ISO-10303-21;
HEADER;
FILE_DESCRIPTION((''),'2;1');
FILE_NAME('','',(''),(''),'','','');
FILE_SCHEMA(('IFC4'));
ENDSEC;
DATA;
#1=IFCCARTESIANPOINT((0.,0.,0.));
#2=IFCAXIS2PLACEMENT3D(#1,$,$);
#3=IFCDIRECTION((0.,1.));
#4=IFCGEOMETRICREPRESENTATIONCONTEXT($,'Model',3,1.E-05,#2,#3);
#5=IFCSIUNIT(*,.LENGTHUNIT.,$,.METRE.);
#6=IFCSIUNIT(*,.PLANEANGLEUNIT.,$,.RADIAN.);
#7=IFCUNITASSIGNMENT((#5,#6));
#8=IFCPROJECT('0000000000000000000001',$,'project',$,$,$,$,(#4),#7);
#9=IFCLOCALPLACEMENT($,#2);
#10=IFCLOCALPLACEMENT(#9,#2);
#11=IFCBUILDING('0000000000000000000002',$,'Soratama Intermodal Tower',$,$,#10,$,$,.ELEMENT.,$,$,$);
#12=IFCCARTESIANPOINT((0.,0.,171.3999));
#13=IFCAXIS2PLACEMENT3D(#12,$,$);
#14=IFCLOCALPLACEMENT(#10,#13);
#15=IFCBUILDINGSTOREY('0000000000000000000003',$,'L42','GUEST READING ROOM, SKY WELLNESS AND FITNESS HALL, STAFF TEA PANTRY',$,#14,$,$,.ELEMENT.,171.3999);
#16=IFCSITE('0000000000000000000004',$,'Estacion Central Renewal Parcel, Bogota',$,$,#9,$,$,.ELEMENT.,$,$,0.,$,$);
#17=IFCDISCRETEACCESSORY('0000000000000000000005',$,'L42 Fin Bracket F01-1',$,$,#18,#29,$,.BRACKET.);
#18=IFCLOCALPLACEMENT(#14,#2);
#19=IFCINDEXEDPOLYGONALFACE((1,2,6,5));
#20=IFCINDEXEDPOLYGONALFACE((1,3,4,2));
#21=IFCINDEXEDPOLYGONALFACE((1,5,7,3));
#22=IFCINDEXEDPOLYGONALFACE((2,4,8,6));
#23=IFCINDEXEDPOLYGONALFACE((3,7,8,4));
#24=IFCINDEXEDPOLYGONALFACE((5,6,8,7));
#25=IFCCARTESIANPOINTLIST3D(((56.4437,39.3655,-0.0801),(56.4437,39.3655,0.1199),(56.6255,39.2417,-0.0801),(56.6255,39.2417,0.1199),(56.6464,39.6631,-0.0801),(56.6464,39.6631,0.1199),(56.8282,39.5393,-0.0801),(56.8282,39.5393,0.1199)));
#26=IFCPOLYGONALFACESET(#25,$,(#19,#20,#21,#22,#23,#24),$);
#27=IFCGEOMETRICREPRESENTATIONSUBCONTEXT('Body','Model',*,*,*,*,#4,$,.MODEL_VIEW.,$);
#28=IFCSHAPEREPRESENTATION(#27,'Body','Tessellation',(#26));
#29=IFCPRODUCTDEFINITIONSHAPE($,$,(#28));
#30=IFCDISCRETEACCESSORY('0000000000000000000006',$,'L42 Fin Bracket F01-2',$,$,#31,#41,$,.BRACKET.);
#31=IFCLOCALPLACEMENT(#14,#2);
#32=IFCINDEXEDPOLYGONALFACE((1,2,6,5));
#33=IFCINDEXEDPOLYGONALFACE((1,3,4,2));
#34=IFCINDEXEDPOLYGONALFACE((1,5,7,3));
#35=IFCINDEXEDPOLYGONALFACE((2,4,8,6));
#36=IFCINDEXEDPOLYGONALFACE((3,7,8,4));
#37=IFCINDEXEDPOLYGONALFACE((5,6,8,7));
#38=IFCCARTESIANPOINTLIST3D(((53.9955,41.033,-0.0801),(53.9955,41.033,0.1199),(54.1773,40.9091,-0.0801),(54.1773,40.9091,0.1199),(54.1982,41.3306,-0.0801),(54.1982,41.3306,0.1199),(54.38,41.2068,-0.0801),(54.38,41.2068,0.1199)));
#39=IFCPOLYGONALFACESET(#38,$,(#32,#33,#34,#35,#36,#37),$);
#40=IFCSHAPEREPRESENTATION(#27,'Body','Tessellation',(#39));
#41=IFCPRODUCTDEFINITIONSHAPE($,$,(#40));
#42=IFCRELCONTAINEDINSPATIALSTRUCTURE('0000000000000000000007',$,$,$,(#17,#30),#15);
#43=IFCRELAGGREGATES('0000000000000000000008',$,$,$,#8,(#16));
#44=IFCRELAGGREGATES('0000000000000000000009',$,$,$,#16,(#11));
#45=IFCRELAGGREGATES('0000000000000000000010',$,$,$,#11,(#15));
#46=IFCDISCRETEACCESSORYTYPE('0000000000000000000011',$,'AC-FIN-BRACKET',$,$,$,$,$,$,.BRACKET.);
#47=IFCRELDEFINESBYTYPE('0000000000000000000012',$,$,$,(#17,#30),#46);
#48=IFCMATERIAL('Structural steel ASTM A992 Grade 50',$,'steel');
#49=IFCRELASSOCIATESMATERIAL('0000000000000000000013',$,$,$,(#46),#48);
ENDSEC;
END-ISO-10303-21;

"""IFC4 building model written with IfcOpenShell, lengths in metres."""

from ifc_helpers import new_model, si_unit, direction, frame, origin, origin_2d, place, context, subcontext, project, spatial, rectangle, extrude, material, type_object, element, save


model = new_model("IFC4")

# Units and contexts
model_context = context("Model", 3, precision=1e-05, world=origin(), true_north=direction((0.0, 1.0)))
body_context = subcontext(model_context, "Body", "Model", "MODEL_VIEW")
ifc_project = project(units=[si_unit("LENGTHUNIT", "METRE"), si_unit("PLANEANGLEUNIT", "RADIAN")], contexts=[model_context])

# Site, building, storey
site_placement = place(None, origin())
site = spatial("IfcSite", under=ifc_project, at=site_placement, Name="Estacion Central Renewal Parcel, Bogota", CompositionType="ELEMENT", RefElevation=0.0)
building_placement = place(site_placement, origin())
building = spatial("IfcBuilding", under=site, at=building_placement, Name="Soratama Intermodal Tower", CompositionType="ELEMENT")
storey_placement = place(building_placement, frame((0.0, 0.0, 171.3999)))
storey = spatial("IfcBuildingStorey", under=building, at=storey_placement, Name="L42", Description="GUEST READING ROOM, SKY WELLNESS AND FITNESS HALL, STAFF TEA PANTRY", CompositionType="ELEMENT", Elevation=171.3999)

# Discrete accessories
ifc_material_1 = material(Name="Structural steel ASTM A992 Grade 50", Category="steel")
discrete_accessory_type = type_object("IfcDiscreteAccessoryType", Name="AC-FIN-BRACKET", PredefinedType="BRACKET", material=ifc_material_1)
for number, where, z_axis, x_axis, name in (
    (1, (56.636, 39.4524, -0.0801), (0.0, 0.0, 1.0), (0.562949, 0.826492, 0.0), "L42 Fin Bracket F01-1"),
    (2, (54.1877, 41.1199, -0.0801), (0.0, 0.0, 1.0), (0.562949, 0.826492, 0.0), "L42 Fin Bracket F01-2"),
):
    element("IfcDiscreteAccessory", number, at=place(storey_placement, frame(where, z_axis=z_axis, x_axis=x_axis)), inside=storey, type_object=discrete_accessory_type, Name=name, PredefinedType="BRACKET", context=body_context, shape_type="SweptSolid", body=[
        extrude(rectangle(XDim=0.3601, YDim=0.22, at=origin_2d()), origin(), (0.0, 0.0, 1.0), 0.2),
    ])

save(model, "model.ifc")
